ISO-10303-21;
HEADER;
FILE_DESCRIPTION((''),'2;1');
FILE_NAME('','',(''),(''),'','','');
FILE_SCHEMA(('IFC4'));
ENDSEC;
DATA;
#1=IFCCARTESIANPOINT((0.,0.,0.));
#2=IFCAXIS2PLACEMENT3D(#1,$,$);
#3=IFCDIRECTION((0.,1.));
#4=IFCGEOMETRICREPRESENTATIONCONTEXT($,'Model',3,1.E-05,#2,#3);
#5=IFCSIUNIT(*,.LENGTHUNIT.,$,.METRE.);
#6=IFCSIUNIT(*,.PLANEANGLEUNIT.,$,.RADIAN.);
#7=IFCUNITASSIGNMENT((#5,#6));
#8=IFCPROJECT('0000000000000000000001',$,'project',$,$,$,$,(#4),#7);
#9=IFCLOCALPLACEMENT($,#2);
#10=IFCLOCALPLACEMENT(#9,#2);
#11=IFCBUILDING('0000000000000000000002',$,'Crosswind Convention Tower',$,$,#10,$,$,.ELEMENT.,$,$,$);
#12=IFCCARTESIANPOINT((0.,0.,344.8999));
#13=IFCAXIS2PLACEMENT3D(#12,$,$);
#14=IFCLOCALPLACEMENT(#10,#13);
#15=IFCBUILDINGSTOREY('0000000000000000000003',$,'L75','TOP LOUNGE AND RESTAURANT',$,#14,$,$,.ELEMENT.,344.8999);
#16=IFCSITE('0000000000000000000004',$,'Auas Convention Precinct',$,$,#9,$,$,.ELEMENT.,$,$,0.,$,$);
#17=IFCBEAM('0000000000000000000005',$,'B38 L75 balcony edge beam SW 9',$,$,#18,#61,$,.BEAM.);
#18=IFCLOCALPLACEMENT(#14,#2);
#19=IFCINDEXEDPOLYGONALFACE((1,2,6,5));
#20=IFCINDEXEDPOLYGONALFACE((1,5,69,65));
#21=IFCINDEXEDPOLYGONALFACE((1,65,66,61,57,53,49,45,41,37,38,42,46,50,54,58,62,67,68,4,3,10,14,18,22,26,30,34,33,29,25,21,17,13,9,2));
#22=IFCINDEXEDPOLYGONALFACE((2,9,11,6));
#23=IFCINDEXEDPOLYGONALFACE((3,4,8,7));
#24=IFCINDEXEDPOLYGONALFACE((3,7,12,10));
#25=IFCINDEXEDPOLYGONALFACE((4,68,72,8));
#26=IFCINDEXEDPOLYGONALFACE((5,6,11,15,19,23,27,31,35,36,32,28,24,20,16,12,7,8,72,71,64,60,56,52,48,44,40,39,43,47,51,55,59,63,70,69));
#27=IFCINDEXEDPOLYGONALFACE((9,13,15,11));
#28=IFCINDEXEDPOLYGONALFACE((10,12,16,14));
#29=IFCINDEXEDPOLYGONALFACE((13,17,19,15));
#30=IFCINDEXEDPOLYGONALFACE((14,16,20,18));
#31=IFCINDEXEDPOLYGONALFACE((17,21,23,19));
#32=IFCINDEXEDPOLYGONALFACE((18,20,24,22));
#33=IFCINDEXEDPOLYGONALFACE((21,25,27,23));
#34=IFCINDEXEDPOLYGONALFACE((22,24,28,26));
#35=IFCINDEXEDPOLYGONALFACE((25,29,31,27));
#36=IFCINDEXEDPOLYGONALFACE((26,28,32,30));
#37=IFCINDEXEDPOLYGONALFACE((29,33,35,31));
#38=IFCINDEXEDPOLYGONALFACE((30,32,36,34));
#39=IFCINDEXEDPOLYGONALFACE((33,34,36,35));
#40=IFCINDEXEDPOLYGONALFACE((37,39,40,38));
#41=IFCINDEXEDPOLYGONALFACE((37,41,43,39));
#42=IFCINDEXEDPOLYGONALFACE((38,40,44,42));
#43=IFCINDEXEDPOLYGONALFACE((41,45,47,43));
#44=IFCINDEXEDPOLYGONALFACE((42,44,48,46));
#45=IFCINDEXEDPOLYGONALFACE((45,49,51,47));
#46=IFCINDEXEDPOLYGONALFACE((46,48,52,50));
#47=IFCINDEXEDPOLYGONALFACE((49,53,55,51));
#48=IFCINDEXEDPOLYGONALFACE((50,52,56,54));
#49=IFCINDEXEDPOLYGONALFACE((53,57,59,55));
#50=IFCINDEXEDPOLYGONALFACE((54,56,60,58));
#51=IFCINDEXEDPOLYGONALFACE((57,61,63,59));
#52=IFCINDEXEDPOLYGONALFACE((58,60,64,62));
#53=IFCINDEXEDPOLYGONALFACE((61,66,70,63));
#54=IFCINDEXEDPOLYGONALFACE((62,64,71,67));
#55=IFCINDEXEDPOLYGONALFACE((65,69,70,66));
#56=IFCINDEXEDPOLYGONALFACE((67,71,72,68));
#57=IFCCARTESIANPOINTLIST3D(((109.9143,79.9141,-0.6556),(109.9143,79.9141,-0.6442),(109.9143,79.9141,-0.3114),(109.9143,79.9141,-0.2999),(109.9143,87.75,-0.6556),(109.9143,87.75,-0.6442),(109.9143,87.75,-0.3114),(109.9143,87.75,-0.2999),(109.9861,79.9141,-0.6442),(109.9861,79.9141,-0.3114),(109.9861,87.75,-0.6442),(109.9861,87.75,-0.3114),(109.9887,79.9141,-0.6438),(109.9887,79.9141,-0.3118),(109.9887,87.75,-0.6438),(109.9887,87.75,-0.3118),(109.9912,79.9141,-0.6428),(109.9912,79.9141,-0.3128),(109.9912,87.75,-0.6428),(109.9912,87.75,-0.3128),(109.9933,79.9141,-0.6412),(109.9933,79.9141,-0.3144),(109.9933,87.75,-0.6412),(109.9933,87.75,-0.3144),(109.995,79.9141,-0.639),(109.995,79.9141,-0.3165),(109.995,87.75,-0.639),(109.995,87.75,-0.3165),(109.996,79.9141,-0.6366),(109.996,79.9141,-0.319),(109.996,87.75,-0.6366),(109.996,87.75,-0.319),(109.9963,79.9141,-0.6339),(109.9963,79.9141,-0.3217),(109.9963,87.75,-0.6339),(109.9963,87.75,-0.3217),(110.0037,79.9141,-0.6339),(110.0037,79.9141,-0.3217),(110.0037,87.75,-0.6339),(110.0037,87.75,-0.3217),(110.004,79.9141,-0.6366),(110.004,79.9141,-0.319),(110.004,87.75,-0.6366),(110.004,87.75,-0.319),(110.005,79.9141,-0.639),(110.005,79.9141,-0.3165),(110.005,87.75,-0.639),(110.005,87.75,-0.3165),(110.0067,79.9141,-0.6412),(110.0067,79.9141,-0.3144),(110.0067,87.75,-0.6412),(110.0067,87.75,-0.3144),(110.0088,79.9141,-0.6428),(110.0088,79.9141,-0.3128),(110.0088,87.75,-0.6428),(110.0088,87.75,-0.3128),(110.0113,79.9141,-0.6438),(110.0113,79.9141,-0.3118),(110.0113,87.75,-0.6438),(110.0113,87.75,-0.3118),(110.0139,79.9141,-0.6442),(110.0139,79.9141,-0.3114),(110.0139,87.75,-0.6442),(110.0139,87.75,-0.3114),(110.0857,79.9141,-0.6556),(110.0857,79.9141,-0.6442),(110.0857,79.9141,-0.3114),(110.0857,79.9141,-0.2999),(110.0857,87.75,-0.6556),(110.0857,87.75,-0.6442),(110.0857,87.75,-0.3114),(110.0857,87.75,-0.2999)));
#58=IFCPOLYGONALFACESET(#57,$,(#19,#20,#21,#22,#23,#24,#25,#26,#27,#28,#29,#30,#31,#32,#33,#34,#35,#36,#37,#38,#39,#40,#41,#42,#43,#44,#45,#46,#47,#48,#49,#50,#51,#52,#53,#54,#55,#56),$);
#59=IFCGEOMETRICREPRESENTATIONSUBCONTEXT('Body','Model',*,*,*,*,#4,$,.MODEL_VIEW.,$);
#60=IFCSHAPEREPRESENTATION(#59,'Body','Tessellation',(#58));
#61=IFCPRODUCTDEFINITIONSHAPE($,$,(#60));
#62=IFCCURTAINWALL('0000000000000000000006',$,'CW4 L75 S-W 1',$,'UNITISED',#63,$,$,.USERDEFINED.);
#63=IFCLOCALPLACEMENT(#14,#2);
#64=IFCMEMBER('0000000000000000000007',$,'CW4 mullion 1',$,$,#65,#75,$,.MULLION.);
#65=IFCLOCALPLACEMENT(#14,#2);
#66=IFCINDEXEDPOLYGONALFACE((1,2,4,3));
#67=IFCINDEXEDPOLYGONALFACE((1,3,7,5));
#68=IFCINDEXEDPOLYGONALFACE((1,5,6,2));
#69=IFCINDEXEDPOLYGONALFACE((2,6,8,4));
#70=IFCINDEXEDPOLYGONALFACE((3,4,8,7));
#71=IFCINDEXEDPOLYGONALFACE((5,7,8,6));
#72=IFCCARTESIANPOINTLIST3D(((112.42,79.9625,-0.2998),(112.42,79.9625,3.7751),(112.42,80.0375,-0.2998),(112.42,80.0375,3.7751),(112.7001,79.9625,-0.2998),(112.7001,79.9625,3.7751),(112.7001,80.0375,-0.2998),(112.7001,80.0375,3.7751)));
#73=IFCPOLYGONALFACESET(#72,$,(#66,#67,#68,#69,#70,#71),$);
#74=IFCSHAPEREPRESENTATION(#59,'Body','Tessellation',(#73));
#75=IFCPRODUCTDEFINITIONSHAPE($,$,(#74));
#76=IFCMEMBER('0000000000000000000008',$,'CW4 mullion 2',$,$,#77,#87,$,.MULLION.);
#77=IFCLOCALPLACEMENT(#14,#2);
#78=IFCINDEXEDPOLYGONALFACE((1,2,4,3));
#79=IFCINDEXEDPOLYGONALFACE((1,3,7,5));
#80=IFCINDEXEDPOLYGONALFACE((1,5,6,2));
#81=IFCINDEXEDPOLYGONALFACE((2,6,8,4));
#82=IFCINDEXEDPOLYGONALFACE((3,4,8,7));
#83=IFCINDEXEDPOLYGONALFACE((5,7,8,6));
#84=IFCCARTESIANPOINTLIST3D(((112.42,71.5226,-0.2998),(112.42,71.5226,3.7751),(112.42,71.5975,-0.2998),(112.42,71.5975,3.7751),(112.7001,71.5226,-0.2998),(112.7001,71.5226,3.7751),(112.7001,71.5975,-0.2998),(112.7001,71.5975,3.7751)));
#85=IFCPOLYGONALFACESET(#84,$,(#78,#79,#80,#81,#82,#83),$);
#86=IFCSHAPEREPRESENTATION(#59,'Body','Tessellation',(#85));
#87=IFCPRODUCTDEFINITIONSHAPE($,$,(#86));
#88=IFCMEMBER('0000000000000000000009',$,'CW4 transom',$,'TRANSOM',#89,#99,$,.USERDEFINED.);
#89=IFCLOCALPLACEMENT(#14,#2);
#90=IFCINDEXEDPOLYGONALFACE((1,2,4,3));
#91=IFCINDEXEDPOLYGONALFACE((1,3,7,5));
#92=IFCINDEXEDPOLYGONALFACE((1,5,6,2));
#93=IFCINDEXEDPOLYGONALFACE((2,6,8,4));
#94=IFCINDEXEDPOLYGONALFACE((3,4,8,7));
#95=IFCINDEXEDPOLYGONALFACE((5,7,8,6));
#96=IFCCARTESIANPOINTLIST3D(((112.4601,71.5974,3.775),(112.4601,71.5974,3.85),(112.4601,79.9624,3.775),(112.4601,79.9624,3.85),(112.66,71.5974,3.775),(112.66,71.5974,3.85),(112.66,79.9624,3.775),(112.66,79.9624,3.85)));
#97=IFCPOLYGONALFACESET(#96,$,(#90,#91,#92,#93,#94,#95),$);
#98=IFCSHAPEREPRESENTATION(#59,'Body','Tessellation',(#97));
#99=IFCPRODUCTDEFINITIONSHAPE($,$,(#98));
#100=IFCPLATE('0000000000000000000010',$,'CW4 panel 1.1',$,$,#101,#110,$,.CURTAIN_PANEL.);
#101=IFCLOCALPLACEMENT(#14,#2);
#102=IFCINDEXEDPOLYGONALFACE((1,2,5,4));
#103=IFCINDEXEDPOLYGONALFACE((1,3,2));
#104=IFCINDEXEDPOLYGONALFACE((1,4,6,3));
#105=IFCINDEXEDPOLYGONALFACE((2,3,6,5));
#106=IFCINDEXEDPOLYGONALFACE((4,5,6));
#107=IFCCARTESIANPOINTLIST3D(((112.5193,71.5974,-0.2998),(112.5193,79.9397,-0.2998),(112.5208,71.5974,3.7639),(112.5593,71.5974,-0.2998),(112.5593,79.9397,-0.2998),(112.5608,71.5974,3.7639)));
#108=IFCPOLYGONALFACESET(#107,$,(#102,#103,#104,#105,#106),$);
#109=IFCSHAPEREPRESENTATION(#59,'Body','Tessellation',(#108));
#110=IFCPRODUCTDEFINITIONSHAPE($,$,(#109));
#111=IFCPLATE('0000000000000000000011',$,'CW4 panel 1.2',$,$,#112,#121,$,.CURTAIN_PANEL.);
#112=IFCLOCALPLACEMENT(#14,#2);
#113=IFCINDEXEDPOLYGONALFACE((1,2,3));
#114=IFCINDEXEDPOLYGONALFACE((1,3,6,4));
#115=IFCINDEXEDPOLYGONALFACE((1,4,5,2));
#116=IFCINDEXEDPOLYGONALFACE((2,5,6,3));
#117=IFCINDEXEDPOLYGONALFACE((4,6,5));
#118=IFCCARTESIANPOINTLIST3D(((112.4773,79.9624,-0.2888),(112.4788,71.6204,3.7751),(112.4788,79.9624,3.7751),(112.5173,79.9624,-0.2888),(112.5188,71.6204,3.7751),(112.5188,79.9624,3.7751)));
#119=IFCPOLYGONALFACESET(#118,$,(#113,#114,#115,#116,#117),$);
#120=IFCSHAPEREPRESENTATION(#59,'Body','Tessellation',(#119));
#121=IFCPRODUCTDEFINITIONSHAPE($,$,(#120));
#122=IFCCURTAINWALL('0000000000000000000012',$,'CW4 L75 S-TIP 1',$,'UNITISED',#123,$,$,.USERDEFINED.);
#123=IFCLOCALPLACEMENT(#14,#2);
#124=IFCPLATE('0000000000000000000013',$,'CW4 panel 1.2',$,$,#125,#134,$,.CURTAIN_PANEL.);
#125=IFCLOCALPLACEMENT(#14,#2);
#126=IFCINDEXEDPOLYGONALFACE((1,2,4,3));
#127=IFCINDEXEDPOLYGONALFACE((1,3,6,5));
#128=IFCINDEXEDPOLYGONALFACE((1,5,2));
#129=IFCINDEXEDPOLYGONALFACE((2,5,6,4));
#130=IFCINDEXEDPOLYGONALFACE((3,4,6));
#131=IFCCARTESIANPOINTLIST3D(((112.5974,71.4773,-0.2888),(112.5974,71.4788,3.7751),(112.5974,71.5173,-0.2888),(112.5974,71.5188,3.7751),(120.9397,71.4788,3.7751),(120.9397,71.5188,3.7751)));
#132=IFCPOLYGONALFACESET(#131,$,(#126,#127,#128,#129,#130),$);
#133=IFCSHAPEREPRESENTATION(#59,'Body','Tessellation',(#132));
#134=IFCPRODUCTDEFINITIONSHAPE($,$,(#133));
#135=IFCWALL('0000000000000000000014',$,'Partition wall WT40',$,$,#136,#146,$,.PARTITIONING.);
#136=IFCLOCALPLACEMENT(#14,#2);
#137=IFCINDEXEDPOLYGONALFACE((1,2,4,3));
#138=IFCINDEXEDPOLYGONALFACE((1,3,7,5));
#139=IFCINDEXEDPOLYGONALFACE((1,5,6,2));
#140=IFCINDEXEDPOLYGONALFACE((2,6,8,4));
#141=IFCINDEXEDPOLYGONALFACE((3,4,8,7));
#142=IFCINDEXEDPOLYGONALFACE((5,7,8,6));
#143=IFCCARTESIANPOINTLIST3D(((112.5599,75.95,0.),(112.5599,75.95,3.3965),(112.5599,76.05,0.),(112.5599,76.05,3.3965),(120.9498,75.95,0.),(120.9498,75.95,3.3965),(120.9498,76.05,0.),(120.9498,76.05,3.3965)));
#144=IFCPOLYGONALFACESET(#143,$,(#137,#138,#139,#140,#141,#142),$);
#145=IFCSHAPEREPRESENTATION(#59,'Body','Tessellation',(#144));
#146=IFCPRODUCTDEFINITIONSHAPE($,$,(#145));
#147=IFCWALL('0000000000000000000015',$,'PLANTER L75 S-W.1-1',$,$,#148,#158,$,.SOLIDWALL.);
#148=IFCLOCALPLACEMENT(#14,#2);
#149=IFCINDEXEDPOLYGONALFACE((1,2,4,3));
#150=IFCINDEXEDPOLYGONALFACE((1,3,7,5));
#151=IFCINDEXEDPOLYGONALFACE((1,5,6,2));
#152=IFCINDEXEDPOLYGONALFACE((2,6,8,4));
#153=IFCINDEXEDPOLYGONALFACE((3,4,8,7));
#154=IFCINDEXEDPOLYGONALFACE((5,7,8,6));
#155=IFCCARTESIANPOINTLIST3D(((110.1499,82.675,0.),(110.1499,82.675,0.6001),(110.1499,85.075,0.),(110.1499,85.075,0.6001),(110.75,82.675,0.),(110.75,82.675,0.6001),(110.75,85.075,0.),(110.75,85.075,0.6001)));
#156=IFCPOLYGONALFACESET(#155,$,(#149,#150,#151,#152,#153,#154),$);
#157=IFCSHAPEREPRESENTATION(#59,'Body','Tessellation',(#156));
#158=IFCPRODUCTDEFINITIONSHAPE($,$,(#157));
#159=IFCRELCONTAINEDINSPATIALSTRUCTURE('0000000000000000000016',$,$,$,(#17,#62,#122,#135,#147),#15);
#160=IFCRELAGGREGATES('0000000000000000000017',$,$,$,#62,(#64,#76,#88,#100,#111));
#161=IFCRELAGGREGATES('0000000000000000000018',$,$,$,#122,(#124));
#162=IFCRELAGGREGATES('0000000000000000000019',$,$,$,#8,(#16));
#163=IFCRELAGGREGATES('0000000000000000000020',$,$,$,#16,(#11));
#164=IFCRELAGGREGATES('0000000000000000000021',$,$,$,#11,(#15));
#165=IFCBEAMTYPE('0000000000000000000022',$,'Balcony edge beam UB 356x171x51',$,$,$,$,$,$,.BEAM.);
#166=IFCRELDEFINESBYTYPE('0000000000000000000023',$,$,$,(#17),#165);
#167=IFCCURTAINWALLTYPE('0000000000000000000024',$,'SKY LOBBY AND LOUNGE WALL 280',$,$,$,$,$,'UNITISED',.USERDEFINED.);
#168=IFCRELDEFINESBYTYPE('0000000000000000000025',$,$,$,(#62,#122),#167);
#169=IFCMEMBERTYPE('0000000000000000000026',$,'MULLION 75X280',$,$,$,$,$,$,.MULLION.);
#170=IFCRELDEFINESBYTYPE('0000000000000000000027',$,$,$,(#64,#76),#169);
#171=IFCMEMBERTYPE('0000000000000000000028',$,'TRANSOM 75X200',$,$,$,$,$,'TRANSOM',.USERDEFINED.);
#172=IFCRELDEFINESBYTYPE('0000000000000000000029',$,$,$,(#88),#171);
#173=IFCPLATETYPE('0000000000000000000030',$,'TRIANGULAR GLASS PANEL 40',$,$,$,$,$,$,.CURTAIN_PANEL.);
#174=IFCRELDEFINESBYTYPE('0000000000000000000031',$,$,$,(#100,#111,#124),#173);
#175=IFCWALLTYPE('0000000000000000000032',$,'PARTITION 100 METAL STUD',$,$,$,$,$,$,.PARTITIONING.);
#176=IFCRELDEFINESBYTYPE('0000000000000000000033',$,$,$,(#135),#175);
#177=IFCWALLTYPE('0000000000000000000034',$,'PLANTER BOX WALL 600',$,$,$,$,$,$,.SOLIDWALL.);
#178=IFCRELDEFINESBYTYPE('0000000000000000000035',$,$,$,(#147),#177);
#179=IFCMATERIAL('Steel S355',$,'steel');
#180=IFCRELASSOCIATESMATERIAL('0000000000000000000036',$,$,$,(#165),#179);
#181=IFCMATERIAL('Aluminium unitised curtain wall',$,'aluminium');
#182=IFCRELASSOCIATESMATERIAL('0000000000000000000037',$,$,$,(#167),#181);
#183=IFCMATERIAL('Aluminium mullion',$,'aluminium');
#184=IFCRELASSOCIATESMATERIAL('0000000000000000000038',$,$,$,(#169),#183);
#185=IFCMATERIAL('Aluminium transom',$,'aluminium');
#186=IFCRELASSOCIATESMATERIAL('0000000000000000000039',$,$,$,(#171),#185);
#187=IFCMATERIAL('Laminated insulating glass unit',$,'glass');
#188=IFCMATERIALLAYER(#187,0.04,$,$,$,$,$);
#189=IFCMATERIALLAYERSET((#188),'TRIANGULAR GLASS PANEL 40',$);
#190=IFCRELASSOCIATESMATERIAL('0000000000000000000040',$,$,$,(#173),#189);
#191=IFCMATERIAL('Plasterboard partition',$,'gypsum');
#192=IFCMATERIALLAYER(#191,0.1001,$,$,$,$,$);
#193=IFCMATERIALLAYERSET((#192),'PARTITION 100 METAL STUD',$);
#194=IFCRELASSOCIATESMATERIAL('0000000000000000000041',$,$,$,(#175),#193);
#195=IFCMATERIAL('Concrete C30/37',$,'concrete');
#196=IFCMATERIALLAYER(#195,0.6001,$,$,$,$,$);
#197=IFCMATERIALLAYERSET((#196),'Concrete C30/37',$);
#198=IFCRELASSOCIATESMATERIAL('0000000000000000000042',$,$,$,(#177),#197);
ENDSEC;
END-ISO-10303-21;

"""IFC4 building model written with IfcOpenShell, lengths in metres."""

from ifc_helpers import new_model, si_unit, direction, frame, frame_2d, origin, origin_2d, place, context, subcontext, project, spatial, polyline, rectangle, i_section, outline, extrude, material, layer, layer_set, material_profile, profile_set, type_object, element, aggregate, save


model = new_model("IFC4")

# Units and contexts
model_context = context("Model", 3, precision=1e-05, world=origin(), true_north=direction((0.0, 1.0)))
body_context = subcontext(model_context, "Body", "Model", "MODEL_VIEW")
ifc_project = project(units=[si_unit("LENGTHUNIT", "METRE"), si_unit("PLANEANGLEUNIT", "RADIAN")], contexts=[model_context])

# Site, building, storey
site_placement = place(None, origin())
site = spatial("IfcSite", under=ifc_project, at=site_placement, Name="Auas Convention Precinct", CompositionType="ELEMENT", RefElevation=0.0)
building_placement = place(site_placement, origin())
building = spatial("IfcBuilding", under=site, at=building_placement, Name="Crosswind Convention Tower", CompositionType="ELEMENT")
storey_placement = place(building_placement, frame((0.0, 0.0, 344.8999)))
storey = spatial("IfcBuildingStorey", under=building, at=storey_placement, Name="L75", Description="TOP LOUNGE AND RESTAURANT", CompositionType="ELEMENT", Elevation=344.8999)

# Beam
ifc_material_1 = material(Name="Steel S355", Category="steel")
ifc_material_profile_1 = material_profile(ifc_material_1, i_section(OverallWidth=0.1714, OverallDepth=0.3557, WebThickness=0.0073, FlangeThickness=0.0115, FilletRadius=0.0103, at=origin_2d()), Name="UB 356x171x51")
ifc_profile_set_1 = profile_set([ifc_material_profile_1], Name="Steel S355")
beam_type = type_object("IfcBeamType", Name="Balcony edge beam UB 356x171x51", PredefinedType="BEAM", material=ifc_profile_set_1)
beam_placement = place(storey_placement, frame((110.0, 87.75, -0.4778), z_axis=(0.0, -1.0, 0.0), x_axis=(1.0, 0.0, 0.0)))
element("IfcBeam", 1, at=beam_placement, inside=storey, type_object=beam_type, Name="B38 L75 balcony edge beam SW 9", PredefinedType="BEAM", context=body_context, shape_type="SweptSolid", body=[
    extrude(i_section(OverallWidth=0.1714, OverallDepth=0.3557, WebThickness=0.0073, FlangeThickness=0.0115, FilletRadius=0.0103, at=origin_2d()), origin(), (0.0, 0.0, 1.0), 7.8359),
])

# Curtain wall, members, plates
ifc_material_2 = material(Name="Aluminium unitised curtain wall", Category="aluminium")
curtain_wall_type = type_object("IfcCurtainWallType", Name="SKY LOBBY AND LOUNGE WALL 280", ElementType="UNITISED", PredefinedType="USERDEFINED", material=ifc_material_2)
curtain_wall_1_placement = place(storey_placement, origin())
curtain_wall_1 = element("IfcCurtainWall", 2, at=curtain_wall_1_placement, inside=storey, type_object=curtain_wall_type, Name="CW4 L75 S-W 1", ObjectType="UNITISED", PredefinedType="USERDEFINED")
ifc_material_3 = material(Name="Aluminium mullion", Category="aluminium")
ifc_material_profile_2 = material_profile(ifc_material_3, rectangle(XDim=0.28, YDim=0.075, at=origin_2d()), Name="AL 280X75")
ifc_profile_set_2 = profile_set([ifc_material_profile_2], Name="Aluminium mullion")
member_type_1 = type_object("IfcMemberType", Name="MULLION 75X280", PredefinedType="MULLION", material=ifc_profile_set_2)
member_1_placement = place(storey_placement, frame((112.5601, 80.0, -0.2998), z_axis=(0.0, 0.0, 1.0), x_axis=(-1.0, 0.0, 0.0)))
member_1 = element("IfcMember", 3, at=member_1_placement, type_object=member_type_1, Name="CW4 mullion 1", PredefinedType="MULLION", context=body_context, shape_type="SweptSolid", body=[
    extrude(rectangle(XDim=0.28, YDim=0.075, at=origin_2d()), origin(), (0.0, 0.0, 1.0), 4.075),
])
member_2_placement = place(storey_placement, frame((112.5601, 71.5601, -0.2998), z_axis=(0.0, 0.0, 1.0), x_axis=(-1.0, 0.0, 0.0)))
member_2 = element("IfcMember", 4, at=member_2_placement, type_object=member_type_1, Name="CW4 mullion 2", PredefinedType="MULLION", context=body_context, shape_type="SweptSolid", body=[
    extrude(rectangle(XDim=0.28, YDim=0.075, at=origin_2d()), origin(), (0.0, 0.0, 1.0), 4.075),
])
ifc_material_4 = material(Name="Aluminium transom", Category="aluminium")
ifc_material_profile_3 = material_profile(ifc_material_4, rectangle(XDim=0.2, YDim=0.075, at=origin_2d()), Name="AL 200X75")
ifc_profile_set_3 = profile_set([ifc_material_profile_3], Name="Aluminium transom")
member_type_2 = type_object("IfcMemberType", Name="TRANSOM 75X200", ElementType="TRANSOM", PredefinedType="USERDEFINED", material=ifc_profile_set_3)
member_3_placement = place(storey_placement, frame((112.5601, 79.9624, 3.8125), z_axis=(0.0, -1.0, 0.0), x_axis=(1.0, 0.0, 0.0)))
member_3 = element("IfcMember", 5, at=member_3_placement, type_object=member_type_2, Name="CW4 transom", ObjectType="TRANSOM", PredefinedType="USERDEFINED", context=body_context, shape_type="SweptSolid", body=[
    extrude(rectangle(XDim=0.2, YDim=0.075, at=origin_2d()), origin(), (0.0, 0.0, 1.0), 8.365),
])
ifc_material_5 = material(Name="Laminated insulating glass unit", Category="glass")
ifc_layer_1 = layer(ifc_material_5, 0.04)
ifc_layer_set_1 = layer_set([ifc_layer_1], Name="TRIANGULAR GLASS PANEL 40")
plate_type = type_object("IfcPlateType", Name="TRIANGULAR GLASS PANEL 40", PredefinedType="CURTAIN_PANEL", material=ifc_layer_set_1)
plate_1_placement = place(storey_placement, frame((112.5193, 71.5974, -0.2998), z_axis=(-1.0, 0.0, 0.00036), x_axis=(0.00036, 0.0, 1.0)))
plate_1 = element("IfcPlate", 6, at=plate_1_placement, type_object=plate_type, Name="CW4 panel 1.1", PredefinedType="CURTAIN_PANEL", context=body_context, shape_type="SweptSolid", body=[
    extrude(outline(polyline([(0.0, 0.0), (4.0637, 0.0), (0.0, 8.3423), (0.0, 0.0)])), origin(), (0.0, 0.0, -1.0), 0.04),
])
plate_2_placement = place(storey_placement, frame((112.4788, 79.9624, 3.7751), z_axis=(-1.0, 0.0, 0.00036), x_axis=(-0.00036, 0.0, -1.0)))
plate_2 = element("IfcPlate", 7, at=plate_2_placement, type_object=plate_type, Name="CW4 panel 1.2", PredefinedType="CURTAIN_PANEL", context=body_context, shape_type="SweptSolid", body=[
    extrude(outline(polyline([(0.0, 0.0), (4.064, 0.0), (0.0, 8.342), (0.0, 0.0)])), origin(), (0.0, 0.0, -1.0), 0.04),
])

# Curtain wall, plate
curtain_wall_2_placement = place(storey_placement, origin())
curtain_wall_2 = element("IfcCurtainWall", 8, at=curtain_wall_2_placement, inside=storey, type_object=curtain_wall_type, Name="CW4 L75 S-TIP 1", ObjectType="UNITISED", PredefinedType="USERDEFINED")
plate_3_placement = place(storey_placement, frame((112.5974, 71.4788, 3.7751), z_axis=(0.0, -1.0, 0.00036), x_axis=(0.0, -0.00036, -1.0)))
plate_3 = element("IfcPlate", 9, at=plate_3_placement, type_object=plate_type, Name="CW4 panel 1.2", PredefinedType="CURTAIN_PANEL", context=body_context, shape_type="SweptSolid", body=[
    extrude(outline(polyline([(0.0, 0.0), (4.064, 0.0), (0.0, 8.3423), (0.0, 0.0)])), origin(), (0.0, 0.0, -1.0), 0.04),
])

# Walls
ifc_material_6 = material(Name="Plasterboard partition", Category="gypsum")
ifc_layer_2 = layer(ifc_material_6, 0.1001)
ifc_layer_set_2 = layer_set([ifc_layer_2], Name="PARTITION 100 METAL STUD")
wall_type_1 = type_object("IfcWallType", Name="PARTITION 100 METAL STUD", PredefinedType="PARTITIONING", material=ifc_layer_set_2)
wall_1_placement = place(storey_placement, frame((112.5601, 76.0, 0.0), z_axis=(0.0, 0.0, 1.0), x_axis=(1.0, 0.0, 0.0)))
element("IfcWall", 10, at=wall_1_placement, inside=storey, type_object=wall_type_1, Name="Partition wall WT40", PredefinedType="PARTITIONING", context=body_context, shape_type="SweptSolid", body=[
    extrude(rectangle(XDim=8.3899, YDim=0.1001, at=frame_2d((4.1948, 0.0))), origin(), (0.0, 0.0, 1.0), 3.3965),
])
ifc_material_7 = material(Name="Concrete C30/37", Category="concrete")
ifc_layer_3 = layer(ifc_material_7, 0.6001)
ifc_layer_set_3 = layer_set([ifc_layer_3], Name="Concrete C30/37")
wall_type_2 = type_object("IfcWallType", Name="PLANTER BOX WALL 600", PredefinedType="SOLIDWALL", material=ifc_layer_set_3)
wall_2_placement = place(storey_placement, frame((110.45, 85.075, 0.0), z_axis=(0.0, 0.0, 1.0), x_axis=(0.0, -1.0, 0.0)))
element("IfcWall", 11, at=wall_2_placement, inside=storey, type_object=wall_type_2, Name="PLANTER L75 S-W.1-1", PredefinedType="SOLIDWALL", context=body_context, shape_type="SweptSolid", body=[
    extrude(rectangle(XDim=2.3999, YDim=0.6001, at=frame_2d((1.2, 0.0))), origin(), (0.0, 0.0, 1.0), 0.6001),
])

aggregate(curtain_wall_1, [member_1, member_2, member_3, plate_1, plate_2])
aggregate(curtain_wall_2, [plate_3])

save(model, "model.ifc")
